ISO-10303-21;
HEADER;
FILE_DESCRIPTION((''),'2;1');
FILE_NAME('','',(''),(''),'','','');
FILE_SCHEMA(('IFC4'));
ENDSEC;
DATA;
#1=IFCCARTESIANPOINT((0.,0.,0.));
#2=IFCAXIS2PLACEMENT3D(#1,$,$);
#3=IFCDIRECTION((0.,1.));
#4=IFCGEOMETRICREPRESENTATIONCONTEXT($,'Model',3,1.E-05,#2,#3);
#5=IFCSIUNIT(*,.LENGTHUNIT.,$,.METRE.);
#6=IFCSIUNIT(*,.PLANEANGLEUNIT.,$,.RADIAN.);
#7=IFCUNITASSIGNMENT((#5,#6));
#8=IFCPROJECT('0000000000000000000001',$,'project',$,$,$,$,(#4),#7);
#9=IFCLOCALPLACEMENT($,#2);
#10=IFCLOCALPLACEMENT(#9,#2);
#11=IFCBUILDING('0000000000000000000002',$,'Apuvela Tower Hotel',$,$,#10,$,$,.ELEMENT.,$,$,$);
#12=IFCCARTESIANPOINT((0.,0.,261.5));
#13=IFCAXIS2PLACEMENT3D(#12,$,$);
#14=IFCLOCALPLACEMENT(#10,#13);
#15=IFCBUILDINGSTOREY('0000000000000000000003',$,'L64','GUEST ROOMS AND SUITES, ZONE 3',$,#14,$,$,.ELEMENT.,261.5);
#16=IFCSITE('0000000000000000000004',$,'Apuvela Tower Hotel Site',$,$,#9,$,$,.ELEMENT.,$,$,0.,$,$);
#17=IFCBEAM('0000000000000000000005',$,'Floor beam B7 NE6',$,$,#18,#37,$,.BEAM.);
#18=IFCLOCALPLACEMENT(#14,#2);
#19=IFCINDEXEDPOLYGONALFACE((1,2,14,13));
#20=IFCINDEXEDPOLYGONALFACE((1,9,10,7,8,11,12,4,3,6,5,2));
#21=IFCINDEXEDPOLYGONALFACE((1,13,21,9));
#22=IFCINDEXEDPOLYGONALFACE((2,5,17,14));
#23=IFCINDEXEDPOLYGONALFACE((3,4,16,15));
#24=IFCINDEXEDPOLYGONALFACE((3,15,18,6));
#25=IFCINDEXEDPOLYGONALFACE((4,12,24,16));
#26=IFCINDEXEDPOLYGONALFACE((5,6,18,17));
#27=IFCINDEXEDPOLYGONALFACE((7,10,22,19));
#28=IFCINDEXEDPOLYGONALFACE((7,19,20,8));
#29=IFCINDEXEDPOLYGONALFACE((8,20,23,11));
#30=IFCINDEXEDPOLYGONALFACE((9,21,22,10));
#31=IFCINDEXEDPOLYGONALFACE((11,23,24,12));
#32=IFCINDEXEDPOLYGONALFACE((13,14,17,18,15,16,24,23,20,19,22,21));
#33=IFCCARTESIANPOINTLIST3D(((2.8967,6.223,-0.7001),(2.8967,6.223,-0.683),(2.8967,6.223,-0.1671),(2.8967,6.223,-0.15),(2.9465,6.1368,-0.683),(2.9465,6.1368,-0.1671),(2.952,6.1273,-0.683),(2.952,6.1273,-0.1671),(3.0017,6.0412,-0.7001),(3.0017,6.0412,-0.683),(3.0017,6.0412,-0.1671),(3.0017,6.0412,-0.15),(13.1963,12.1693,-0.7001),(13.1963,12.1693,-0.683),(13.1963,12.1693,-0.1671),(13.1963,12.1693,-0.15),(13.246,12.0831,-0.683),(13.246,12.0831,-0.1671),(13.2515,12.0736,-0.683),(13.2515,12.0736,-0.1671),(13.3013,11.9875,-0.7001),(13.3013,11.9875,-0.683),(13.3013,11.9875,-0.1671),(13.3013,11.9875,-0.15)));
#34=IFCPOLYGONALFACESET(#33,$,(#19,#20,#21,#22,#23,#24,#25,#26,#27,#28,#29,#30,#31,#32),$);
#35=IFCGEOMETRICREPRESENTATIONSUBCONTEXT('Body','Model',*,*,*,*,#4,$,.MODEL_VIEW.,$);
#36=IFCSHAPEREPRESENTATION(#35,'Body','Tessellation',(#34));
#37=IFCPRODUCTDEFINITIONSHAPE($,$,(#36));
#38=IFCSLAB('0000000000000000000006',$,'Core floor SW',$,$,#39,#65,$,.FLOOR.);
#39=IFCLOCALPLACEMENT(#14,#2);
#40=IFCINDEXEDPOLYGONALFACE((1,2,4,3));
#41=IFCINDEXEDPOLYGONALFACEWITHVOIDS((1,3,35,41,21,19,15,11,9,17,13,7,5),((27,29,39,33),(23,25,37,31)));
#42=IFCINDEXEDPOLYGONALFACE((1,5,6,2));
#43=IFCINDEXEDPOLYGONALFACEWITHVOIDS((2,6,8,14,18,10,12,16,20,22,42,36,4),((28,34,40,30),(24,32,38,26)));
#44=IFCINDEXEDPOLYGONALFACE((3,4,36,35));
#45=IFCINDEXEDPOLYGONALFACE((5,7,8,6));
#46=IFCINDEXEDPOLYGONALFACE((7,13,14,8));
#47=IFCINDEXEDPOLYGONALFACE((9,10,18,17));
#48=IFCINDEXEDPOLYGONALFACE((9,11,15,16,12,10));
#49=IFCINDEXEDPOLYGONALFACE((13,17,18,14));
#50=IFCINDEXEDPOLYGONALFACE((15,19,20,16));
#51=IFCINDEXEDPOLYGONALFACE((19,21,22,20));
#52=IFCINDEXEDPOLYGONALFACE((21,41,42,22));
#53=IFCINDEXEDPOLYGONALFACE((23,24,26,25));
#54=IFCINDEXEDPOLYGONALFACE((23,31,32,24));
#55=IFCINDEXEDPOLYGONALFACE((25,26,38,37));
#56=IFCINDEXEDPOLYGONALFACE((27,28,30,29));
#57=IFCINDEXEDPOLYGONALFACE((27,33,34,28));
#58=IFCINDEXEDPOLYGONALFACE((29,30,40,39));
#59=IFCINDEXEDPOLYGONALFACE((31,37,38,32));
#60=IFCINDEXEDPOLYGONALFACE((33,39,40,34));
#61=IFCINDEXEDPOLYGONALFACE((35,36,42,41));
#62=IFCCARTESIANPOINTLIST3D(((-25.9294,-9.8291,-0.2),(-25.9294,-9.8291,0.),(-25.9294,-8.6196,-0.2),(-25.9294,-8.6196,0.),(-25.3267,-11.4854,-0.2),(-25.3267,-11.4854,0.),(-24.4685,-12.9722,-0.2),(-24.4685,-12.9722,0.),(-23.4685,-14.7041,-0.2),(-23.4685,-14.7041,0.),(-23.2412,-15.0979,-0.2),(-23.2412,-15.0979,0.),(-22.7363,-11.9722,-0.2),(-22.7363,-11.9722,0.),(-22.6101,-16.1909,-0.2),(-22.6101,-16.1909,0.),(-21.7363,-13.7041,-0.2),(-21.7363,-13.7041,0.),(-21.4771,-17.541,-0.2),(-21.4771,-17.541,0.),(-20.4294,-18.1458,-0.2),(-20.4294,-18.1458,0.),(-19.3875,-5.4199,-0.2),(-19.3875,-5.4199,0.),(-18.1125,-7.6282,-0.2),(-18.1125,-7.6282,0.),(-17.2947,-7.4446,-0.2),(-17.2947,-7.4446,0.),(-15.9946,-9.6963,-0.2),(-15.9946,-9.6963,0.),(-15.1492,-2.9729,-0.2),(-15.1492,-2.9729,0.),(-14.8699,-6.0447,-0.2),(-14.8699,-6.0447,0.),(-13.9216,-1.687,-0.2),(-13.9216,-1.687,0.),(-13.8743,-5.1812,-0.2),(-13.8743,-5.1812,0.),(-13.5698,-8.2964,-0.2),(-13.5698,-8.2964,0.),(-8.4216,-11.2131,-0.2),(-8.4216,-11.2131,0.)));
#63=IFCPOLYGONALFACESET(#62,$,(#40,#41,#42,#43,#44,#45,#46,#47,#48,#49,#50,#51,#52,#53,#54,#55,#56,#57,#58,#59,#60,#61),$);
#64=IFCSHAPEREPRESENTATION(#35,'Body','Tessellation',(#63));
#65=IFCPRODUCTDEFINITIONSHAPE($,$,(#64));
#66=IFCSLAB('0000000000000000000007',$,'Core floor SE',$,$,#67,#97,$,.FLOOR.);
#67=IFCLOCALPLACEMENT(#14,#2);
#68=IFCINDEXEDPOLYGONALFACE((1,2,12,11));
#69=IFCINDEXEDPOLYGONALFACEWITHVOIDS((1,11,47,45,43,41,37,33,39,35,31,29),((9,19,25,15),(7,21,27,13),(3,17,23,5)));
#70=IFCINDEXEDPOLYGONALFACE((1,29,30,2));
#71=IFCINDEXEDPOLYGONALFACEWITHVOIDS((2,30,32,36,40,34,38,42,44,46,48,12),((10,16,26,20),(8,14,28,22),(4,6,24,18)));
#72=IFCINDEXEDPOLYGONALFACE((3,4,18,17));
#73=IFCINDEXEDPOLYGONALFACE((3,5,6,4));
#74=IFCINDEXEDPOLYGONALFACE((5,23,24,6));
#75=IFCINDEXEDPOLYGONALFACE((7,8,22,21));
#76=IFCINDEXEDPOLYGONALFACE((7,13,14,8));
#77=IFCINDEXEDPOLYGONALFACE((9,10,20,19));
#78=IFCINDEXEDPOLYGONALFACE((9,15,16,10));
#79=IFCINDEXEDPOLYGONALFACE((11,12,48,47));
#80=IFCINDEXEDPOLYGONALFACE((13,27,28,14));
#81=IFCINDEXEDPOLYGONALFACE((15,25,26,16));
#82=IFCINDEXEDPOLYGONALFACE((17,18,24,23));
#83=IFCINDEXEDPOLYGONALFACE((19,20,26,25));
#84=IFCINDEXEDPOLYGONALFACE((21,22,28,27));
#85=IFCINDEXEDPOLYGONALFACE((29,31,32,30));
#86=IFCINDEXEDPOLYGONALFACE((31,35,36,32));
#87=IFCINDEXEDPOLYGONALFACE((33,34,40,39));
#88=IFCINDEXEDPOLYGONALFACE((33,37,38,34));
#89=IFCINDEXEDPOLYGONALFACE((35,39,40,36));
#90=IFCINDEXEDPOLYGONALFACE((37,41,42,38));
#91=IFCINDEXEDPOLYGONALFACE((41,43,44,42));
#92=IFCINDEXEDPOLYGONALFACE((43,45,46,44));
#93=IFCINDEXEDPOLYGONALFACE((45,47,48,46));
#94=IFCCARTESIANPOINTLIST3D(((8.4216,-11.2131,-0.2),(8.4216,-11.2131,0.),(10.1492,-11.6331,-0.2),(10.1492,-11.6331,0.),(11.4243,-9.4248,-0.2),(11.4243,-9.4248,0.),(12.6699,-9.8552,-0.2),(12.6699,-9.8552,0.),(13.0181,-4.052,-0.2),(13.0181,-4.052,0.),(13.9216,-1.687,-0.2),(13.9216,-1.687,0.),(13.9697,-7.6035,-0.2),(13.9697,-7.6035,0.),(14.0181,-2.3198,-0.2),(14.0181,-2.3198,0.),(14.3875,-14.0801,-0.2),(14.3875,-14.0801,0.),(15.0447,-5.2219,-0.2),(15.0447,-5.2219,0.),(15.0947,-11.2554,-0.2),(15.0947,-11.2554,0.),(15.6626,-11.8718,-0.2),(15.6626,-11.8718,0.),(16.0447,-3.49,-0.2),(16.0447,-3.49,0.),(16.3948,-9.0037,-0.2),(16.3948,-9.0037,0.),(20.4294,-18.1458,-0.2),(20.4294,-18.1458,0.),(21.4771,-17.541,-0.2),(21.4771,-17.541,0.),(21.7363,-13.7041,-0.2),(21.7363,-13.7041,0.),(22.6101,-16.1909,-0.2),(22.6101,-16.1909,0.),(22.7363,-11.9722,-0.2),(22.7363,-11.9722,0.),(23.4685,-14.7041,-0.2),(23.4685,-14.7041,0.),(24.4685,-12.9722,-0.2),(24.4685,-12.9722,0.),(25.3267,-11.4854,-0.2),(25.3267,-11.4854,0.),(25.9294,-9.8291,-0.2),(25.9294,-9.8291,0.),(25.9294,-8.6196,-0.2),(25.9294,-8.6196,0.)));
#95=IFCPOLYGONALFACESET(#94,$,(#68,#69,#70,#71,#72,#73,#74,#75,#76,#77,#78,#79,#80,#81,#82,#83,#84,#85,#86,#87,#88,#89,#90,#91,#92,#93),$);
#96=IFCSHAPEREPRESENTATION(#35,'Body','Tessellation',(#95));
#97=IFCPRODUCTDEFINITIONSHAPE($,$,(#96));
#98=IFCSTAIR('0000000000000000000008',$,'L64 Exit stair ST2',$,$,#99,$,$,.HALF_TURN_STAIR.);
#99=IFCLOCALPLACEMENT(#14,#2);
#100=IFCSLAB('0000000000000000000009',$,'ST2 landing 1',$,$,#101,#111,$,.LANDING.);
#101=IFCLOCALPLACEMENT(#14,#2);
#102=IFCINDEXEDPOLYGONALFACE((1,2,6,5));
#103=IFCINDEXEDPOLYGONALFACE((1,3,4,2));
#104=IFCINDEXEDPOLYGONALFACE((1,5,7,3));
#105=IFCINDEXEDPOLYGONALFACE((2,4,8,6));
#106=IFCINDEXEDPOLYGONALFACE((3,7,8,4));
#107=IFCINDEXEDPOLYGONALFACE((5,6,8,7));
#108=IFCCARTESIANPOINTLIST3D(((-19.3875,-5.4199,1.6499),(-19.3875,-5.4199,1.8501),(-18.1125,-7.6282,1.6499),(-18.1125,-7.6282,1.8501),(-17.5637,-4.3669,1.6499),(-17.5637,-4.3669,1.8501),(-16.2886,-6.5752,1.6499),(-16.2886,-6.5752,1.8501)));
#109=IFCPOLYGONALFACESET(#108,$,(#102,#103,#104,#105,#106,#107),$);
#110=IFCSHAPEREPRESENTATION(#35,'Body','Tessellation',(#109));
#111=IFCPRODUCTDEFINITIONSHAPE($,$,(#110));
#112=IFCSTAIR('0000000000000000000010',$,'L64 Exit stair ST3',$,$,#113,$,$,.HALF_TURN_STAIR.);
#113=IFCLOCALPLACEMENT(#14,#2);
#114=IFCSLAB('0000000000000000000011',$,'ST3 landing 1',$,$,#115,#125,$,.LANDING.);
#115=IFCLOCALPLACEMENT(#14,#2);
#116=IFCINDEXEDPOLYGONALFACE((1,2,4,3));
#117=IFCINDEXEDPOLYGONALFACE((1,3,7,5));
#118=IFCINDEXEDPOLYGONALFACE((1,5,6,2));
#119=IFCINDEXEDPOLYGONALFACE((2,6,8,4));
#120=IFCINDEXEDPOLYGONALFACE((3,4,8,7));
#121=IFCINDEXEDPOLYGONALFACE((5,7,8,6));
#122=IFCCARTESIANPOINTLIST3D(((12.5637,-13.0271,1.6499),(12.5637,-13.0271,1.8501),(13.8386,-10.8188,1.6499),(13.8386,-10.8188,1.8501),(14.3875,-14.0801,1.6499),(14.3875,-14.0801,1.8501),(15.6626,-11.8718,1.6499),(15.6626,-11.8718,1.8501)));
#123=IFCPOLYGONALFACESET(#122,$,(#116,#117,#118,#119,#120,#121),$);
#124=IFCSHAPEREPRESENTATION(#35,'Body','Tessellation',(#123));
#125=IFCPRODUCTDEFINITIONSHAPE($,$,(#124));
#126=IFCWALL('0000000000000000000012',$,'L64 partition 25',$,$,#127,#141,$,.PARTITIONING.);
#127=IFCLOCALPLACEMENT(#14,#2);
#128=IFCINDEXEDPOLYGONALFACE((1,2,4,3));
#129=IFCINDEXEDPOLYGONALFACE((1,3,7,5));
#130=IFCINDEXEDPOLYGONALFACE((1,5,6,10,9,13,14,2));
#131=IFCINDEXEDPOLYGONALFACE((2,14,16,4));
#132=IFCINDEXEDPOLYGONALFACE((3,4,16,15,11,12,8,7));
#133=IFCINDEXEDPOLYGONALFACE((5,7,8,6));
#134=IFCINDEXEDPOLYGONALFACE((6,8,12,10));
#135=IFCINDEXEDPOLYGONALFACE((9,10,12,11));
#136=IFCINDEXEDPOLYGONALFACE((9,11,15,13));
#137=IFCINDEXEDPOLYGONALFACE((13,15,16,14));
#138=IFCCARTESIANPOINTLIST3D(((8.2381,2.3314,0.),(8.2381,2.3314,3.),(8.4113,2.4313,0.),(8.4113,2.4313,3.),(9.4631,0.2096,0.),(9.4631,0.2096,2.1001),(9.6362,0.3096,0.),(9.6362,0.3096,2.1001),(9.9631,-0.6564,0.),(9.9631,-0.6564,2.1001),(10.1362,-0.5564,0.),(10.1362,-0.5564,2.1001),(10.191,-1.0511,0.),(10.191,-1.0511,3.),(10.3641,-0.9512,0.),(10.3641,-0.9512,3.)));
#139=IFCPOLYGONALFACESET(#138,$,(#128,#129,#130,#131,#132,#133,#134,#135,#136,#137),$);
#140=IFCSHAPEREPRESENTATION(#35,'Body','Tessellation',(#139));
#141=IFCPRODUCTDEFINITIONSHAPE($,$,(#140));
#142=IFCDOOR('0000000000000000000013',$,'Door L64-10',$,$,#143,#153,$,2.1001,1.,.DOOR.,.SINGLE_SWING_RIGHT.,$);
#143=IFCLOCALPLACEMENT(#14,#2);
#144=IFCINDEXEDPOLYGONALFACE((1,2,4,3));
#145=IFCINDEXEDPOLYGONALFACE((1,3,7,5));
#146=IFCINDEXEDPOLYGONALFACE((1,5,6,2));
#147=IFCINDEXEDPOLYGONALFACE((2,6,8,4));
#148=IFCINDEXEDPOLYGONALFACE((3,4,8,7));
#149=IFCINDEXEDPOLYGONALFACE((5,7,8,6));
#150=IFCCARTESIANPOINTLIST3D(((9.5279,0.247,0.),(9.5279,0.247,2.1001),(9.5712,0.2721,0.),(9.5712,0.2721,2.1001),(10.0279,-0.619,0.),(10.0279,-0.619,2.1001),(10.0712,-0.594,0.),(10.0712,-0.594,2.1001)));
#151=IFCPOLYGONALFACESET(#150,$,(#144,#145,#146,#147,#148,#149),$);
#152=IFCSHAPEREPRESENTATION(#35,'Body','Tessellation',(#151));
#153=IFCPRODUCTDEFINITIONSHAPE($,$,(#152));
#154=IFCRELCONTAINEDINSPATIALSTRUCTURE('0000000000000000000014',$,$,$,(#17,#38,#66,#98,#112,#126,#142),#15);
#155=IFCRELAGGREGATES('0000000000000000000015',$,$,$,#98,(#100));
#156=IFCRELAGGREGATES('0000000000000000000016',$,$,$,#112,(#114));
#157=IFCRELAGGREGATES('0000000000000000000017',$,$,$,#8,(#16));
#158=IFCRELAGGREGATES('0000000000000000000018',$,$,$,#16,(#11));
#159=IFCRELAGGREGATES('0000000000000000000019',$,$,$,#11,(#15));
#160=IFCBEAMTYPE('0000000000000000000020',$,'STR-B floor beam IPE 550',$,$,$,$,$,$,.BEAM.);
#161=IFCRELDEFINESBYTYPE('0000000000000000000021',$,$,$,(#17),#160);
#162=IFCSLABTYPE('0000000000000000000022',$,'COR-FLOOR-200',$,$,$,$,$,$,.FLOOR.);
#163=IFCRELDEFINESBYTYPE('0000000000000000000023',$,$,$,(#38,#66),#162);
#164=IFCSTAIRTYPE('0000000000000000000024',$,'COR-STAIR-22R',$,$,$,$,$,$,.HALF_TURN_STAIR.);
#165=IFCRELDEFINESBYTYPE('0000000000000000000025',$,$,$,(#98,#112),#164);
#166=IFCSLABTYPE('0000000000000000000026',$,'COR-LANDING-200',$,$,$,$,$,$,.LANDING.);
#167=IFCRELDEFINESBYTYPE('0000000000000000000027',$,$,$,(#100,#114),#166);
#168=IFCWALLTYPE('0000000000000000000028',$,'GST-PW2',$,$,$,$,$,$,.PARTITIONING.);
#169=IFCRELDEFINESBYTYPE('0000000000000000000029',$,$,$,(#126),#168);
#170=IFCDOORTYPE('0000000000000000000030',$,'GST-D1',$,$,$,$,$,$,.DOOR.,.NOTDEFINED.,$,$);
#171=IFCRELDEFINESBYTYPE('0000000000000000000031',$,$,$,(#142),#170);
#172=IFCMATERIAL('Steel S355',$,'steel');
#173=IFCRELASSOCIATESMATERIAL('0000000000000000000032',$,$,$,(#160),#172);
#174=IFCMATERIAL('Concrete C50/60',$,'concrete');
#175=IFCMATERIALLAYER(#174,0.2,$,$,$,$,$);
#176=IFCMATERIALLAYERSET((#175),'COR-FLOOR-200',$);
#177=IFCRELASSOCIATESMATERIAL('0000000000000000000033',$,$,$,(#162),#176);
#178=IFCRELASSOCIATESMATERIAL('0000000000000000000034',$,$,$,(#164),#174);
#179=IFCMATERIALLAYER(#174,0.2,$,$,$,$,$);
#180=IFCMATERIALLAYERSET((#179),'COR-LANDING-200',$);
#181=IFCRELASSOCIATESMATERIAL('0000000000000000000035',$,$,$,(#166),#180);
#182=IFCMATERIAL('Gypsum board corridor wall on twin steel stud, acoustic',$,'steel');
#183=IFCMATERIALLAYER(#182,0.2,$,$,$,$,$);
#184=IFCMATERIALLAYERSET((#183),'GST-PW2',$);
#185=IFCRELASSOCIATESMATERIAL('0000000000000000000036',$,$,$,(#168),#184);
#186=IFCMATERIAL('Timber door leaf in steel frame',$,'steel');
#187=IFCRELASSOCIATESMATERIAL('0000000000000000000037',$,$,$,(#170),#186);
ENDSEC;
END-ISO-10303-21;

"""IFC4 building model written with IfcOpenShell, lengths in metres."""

from ifc_helpers import new_model, si_unit, direction, frame, frame_2d, origin, origin_2d, place, context, subcontext, project, spatial, polyline, rectangle, i_section, outline, extrude, material, layer, layer_set, material_profile, profile_set, type_object, element, fill, aggregate, save


model = new_model("IFC4")

# Units and contexts
model_context = context("Model", 3, precision=1e-05, world=origin(), true_north=direction((0.0, 1.0)))
body_context = subcontext(model_context, "Body", "Model", "MODEL_VIEW")
ifc_project = project(units=[si_unit("LENGTHUNIT", "METRE"), si_unit("PLANEANGLEUNIT", "RADIAN")], contexts=[model_context])

# Site, building, storey
site_placement = place(None, origin())
site = spatial("IfcSite", under=ifc_project, at=site_placement, Name="Apuvela Tower Hotel Site", CompositionType="ELEMENT", RefElevation=0.0)
building_placement = place(site_placement, origin())
building = spatial("IfcBuilding", under=site, at=building_placement, Name="Apuvela Tower Hotel", CompositionType="ELEMENT")
storey_placement = place(building_placement, frame((0.0, 0.0, 261.5)))
storey = spatial("IfcBuildingStorey", under=building, at=storey_placement, Name="L64", Description="GUEST ROOMS AND SUITES, ZONE 3", CompositionType="ELEMENT", Elevation=261.5)

# Beam
ifc_material_1 = material(Name="Steel S355", Category="steel")
ifc_material_profile = material_profile(ifc_material_1, i_section(OverallWidth=0.21, OverallDepth=0.55, WebThickness=0.011, FlangeThickness=0.0171, at=origin_2d()), Name="IPE 550")
ifc_profile_set = profile_set([ifc_material_profile], Name="Steel S355")
beam_type = type_object("IfcBeamType", Name="STR-B floor beam IPE 550", PredefinedType="BEAM", material=ifc_profile_set)
beam_placement = place(storey_placement, frame((13.2488, 12.0784, -0.425), z_axis=(-0.866031, -0.49999, 0.0), x_axis=(0.49999, -0.866031, 0.0)))
element("IfcBeam", 1, at=beam_placement, inside=storey, type_object=beam_type, Name="Floor beam B7 NE6", PredefinedType="BEAM", context=body_context, shape_type="SweptSolid", body=[
    extrude(i_section(OverallWidth=0.21, OverallDepth=0.55, WebThickness=0.011, FlangeThickness=0.0171, at=origin_2d()), origin(), (0.0, 0.0, 1.0), 11.8928),
])

# Slabs
ifc_material_2 = material(Name="Concrete C50/60", Category="concrete")
ifc_layer_1 = layer(ifc_material_2, 0.2)
ifc_layer_set_1 = layer_set([ifc_layer_1], Name="COR-FLOOR-200")
slab_type_1 = type_object("IfcSlabType", Name="COR-FLOOR-200", PredefinedType="FLOOR", material=ifc_layer_set_1)
slab_1_placement = place(storey_placement, frame((0.0, 0.0, -0.2)))
element("IfcSlab", 2, at=slab_1_placement, inside=storey, type_object=slab_type_1, Name="Core floor SW", PredefinedType="FLOOR", context=body_context, shape_type="SweptSolid", body=[
    extrude(outline(polyline([(-25.9294, -8.6196), (-25.9294, -9.8291), (-25.3267, -11.4854), (-24.4685, -12.9722), (-22.7363, -11.9722), (-21.7363, -13.7041), (-23.4685, -14.7041), (-23.2412, -15.0979), (-22.6101, -16.1909), (-21.4771, -17.541), (-20.4294, -18.1458), (-8.4216, -11.2131), (-13.9216, -1.687), (-25.9294, -8.6196)]), holes=[polyline([(-13.8743, -5.1812), (-18.1125, -7.6282), (-19.3875, -5.4199), (-15.1492, -2.9729), (-13.8743, -5.1812)]), polyline([(-13.5698, -8.2964), (-15.9946, -9.6963), (-17.2947, -7.4446), (-14.8699, -6.0447), (-13.5698, -8.2964)])]), origin(), (0.0, 0.0, 1.0), 0.2),
])
slab_2_placement = place(storey_placement, frame((0.0, 0.0, -0.2)))
element("IfcSlab", 3, at=slab_2_placement, inside=storey, type_object=slab_type_1, Name="Core floor SE", PredefinedType="FLOOR", context=body_context, shape_type="SweptSolid", body=[
    extrude(outline(polyline([(20.4294, -18.1458), (21.4771, -17.541), (22.6101, -16.1909), (23.4685, -14.7041), (21.7363, -13.7041), (22.7363, -11.9722), (24.4685, -12.9722), (25.3267, -11.4854), (25.9294, -9.8291), (25.9294, -8.6196), (13.9216, -1.687), (8.4216, -11.2131), (20.4294, -18.1458)]), holes=[polyline([(14.0181, -2.3198), (16.0447, -3.49), (15.0447, -5.2219), (13.0181, -4.052), (14.0181, -2.3198)]), polyline([(10.1492, -11.6331), (11.4243, -9.4248), (15.6626, -11.8718), (14.3875, -14.0801), (10.1492, -11.6331)]), polyline([(12.6699, -9.8552), (13.9697, -7.6035), (16.3948, -9.0037), (15.0947, -11.2554), (12.6699, -9.8552)])]), origin(), (0.0, 0.0, 1.0), 0.2),
])

# Stairs, slabs
stair_type = type_object("IfcStairType", Name="COR-STAIR-22R", PredefinedType="HALF_TURN_STAIR", material=ifc_material_2)
stair_1_placement = place(storey_placement, origin())
stair_1 = element("IfcStair", 4, at=stair_1_placement, inside=storey, type_object=stair_type, Name="L64 Exit stair ST2", PredefinedType="HALF_TURN_STAIR")
ifc_layer_2 = layer(ifc_material_2, 0.2)
ifc_layer_set_2 = layer_set([ifc_layer_2], Name="COR-LANDING-200")
slab_type_2 = type_object("IfcSlabType", Name="COR-LANDING-200", PredefinedType="LANDING", material=ifc_layer_set_2)
slab_3_placement = place(storey_placement, frame((0.0, 0.0, 1.6499)))
slab_3 = element("IfcSlab", 5, at=slab_3_placement, type_object=slab_type_2, Name="ST2 landing 1", PredefinedType="LANDING", context=body_context, shape_type="SweptSolid", body=[
    extrude(outline(polyline([(-17.5637, -4.3669), (-19.3875, -5.4199), (-18.1125, -7.6282), (-16.2886, -6.5752), (-17.5637, -4.3669)])), origin(), (0.0, 0.0, 1.0), 0.2002),
])
aggregate(stair_1, [slab_3])
stair_2_placement = place(storey_placement, origin())
stair_2 = element("IfcStair", 6, at=stair_2_placement, inside=storey, type_object=stair_type, Name="L64 Exit stair ST3", PredefinedType="HALF_TURN_STAIR")
slab_4_placement = place(storey_placement, frame((0.0, 0.0, 1.6499)))
slab_4 = element("IfcSlab", 7, at=slab_4_placement, type_object=slab_type_2, Name="ST3 landing 1", PredefinedType="LANDING", context=body_context, shape_type="SweptSolid", body=[
    extrude(outline(polyline([(12.5637, -13.0271), (14.3875, -14.0801), (15.6626, -11.8718), (13.8386, -10.8188), (12.5637, -13.0271)])), origin(), (0.0, 0.0, 1.0), 0.2002),
])
aggregate(stair_2, [slab_4])

# Wall, opening, door
ifc_material_3 = material(Name="Gypsum board corridor wall on twin steel stud, acoustic", Category="steel")
ifc_layer_3 = layer(ifc_material_3, 0.2)
ifc_layer_set_3 = layer_set([ifc_layer_3], Name="GST-PW2")
wall_type_1 = type_object("IfcWallType", Name="GST-PW2", PredefinedType="PARTITIONING", material=ifc_layer_set_3)
wall_1_placement = place(storey_placement, frame((8.3247, 2.3813, 0.0), z_axis=(0.0, 0.0, 1.0), x_axis=(0.499991, -0.86603, 0.0)))
wall_1 = element("IfcWall", 8, at=wall_1_placement, inside=storey, type_object=wall_type_1, Name="L64 partition 25", PredefinedType="PARTITIONING", context=body_context, shape_type="SweptSolid", body=[
    extrude(rectangle(XDim=3.9058, YDim=0.2, at=frame_2d((1.9529, 0.0))), origin(), (0.0, 0.0, 1.0), 3.0),
])
opening_1_placement = place(wall_1_placement, frame((2.45, 0.0, 0.0)))
opening_1 = element("IfcOpeningElement", 9, at=opening_1_placement, cuts=wall_1, PredefinedType="OPENING", context=body_context, shape_type="SweptSolid", body=[
    extrude(rectangle(XDim=1.0, YDim=2.1001, at=frame_2d((0.5, 1.05))), frame((0.0, 0.1099, 0.0), z_axis=(0.0, -1.0, 0.0), x_axis=(1.0, 0.0, 0.0)), (0.0, 0.0, 1.0), 0.22),
])
ifc_material_4 = material(Name="Timber door leaf in steel frame", Category="steel")
door_type_1 = type_object("IfcDoorType", Name="GST-D1", OperationType="NOTDEFINED", PredefinedType="DOOR", material=ifc_material_4)
door_1_placement = place(opening_1_placement, origin())
door_1 = element("IfcDoor", 10, at=door_1_placement, inside=storey, type_object=door_type_1, Name="Door L64-10", OperationType="SINGLE_SWING_RIGHT", OverallHeight=2.1001, OverallWidth=1.0, PredefinedType="DOOR", context=body_context, shape_type="SweptSolid", body=[
    extrude(rectangle(XDim=1.0, YDim=2.1001, at=frame_2d((0.5, 1.05))), frame((0.0, 0.0249, 0.0), z_axis=(0.0, -1.0, 0.0), x_axis=(1.0, 0.0, 0.0)), (0.0, 0.0, 1.0), 0.05),
])
fill(opening_1, door_1)

save(model, "model.ifc")
